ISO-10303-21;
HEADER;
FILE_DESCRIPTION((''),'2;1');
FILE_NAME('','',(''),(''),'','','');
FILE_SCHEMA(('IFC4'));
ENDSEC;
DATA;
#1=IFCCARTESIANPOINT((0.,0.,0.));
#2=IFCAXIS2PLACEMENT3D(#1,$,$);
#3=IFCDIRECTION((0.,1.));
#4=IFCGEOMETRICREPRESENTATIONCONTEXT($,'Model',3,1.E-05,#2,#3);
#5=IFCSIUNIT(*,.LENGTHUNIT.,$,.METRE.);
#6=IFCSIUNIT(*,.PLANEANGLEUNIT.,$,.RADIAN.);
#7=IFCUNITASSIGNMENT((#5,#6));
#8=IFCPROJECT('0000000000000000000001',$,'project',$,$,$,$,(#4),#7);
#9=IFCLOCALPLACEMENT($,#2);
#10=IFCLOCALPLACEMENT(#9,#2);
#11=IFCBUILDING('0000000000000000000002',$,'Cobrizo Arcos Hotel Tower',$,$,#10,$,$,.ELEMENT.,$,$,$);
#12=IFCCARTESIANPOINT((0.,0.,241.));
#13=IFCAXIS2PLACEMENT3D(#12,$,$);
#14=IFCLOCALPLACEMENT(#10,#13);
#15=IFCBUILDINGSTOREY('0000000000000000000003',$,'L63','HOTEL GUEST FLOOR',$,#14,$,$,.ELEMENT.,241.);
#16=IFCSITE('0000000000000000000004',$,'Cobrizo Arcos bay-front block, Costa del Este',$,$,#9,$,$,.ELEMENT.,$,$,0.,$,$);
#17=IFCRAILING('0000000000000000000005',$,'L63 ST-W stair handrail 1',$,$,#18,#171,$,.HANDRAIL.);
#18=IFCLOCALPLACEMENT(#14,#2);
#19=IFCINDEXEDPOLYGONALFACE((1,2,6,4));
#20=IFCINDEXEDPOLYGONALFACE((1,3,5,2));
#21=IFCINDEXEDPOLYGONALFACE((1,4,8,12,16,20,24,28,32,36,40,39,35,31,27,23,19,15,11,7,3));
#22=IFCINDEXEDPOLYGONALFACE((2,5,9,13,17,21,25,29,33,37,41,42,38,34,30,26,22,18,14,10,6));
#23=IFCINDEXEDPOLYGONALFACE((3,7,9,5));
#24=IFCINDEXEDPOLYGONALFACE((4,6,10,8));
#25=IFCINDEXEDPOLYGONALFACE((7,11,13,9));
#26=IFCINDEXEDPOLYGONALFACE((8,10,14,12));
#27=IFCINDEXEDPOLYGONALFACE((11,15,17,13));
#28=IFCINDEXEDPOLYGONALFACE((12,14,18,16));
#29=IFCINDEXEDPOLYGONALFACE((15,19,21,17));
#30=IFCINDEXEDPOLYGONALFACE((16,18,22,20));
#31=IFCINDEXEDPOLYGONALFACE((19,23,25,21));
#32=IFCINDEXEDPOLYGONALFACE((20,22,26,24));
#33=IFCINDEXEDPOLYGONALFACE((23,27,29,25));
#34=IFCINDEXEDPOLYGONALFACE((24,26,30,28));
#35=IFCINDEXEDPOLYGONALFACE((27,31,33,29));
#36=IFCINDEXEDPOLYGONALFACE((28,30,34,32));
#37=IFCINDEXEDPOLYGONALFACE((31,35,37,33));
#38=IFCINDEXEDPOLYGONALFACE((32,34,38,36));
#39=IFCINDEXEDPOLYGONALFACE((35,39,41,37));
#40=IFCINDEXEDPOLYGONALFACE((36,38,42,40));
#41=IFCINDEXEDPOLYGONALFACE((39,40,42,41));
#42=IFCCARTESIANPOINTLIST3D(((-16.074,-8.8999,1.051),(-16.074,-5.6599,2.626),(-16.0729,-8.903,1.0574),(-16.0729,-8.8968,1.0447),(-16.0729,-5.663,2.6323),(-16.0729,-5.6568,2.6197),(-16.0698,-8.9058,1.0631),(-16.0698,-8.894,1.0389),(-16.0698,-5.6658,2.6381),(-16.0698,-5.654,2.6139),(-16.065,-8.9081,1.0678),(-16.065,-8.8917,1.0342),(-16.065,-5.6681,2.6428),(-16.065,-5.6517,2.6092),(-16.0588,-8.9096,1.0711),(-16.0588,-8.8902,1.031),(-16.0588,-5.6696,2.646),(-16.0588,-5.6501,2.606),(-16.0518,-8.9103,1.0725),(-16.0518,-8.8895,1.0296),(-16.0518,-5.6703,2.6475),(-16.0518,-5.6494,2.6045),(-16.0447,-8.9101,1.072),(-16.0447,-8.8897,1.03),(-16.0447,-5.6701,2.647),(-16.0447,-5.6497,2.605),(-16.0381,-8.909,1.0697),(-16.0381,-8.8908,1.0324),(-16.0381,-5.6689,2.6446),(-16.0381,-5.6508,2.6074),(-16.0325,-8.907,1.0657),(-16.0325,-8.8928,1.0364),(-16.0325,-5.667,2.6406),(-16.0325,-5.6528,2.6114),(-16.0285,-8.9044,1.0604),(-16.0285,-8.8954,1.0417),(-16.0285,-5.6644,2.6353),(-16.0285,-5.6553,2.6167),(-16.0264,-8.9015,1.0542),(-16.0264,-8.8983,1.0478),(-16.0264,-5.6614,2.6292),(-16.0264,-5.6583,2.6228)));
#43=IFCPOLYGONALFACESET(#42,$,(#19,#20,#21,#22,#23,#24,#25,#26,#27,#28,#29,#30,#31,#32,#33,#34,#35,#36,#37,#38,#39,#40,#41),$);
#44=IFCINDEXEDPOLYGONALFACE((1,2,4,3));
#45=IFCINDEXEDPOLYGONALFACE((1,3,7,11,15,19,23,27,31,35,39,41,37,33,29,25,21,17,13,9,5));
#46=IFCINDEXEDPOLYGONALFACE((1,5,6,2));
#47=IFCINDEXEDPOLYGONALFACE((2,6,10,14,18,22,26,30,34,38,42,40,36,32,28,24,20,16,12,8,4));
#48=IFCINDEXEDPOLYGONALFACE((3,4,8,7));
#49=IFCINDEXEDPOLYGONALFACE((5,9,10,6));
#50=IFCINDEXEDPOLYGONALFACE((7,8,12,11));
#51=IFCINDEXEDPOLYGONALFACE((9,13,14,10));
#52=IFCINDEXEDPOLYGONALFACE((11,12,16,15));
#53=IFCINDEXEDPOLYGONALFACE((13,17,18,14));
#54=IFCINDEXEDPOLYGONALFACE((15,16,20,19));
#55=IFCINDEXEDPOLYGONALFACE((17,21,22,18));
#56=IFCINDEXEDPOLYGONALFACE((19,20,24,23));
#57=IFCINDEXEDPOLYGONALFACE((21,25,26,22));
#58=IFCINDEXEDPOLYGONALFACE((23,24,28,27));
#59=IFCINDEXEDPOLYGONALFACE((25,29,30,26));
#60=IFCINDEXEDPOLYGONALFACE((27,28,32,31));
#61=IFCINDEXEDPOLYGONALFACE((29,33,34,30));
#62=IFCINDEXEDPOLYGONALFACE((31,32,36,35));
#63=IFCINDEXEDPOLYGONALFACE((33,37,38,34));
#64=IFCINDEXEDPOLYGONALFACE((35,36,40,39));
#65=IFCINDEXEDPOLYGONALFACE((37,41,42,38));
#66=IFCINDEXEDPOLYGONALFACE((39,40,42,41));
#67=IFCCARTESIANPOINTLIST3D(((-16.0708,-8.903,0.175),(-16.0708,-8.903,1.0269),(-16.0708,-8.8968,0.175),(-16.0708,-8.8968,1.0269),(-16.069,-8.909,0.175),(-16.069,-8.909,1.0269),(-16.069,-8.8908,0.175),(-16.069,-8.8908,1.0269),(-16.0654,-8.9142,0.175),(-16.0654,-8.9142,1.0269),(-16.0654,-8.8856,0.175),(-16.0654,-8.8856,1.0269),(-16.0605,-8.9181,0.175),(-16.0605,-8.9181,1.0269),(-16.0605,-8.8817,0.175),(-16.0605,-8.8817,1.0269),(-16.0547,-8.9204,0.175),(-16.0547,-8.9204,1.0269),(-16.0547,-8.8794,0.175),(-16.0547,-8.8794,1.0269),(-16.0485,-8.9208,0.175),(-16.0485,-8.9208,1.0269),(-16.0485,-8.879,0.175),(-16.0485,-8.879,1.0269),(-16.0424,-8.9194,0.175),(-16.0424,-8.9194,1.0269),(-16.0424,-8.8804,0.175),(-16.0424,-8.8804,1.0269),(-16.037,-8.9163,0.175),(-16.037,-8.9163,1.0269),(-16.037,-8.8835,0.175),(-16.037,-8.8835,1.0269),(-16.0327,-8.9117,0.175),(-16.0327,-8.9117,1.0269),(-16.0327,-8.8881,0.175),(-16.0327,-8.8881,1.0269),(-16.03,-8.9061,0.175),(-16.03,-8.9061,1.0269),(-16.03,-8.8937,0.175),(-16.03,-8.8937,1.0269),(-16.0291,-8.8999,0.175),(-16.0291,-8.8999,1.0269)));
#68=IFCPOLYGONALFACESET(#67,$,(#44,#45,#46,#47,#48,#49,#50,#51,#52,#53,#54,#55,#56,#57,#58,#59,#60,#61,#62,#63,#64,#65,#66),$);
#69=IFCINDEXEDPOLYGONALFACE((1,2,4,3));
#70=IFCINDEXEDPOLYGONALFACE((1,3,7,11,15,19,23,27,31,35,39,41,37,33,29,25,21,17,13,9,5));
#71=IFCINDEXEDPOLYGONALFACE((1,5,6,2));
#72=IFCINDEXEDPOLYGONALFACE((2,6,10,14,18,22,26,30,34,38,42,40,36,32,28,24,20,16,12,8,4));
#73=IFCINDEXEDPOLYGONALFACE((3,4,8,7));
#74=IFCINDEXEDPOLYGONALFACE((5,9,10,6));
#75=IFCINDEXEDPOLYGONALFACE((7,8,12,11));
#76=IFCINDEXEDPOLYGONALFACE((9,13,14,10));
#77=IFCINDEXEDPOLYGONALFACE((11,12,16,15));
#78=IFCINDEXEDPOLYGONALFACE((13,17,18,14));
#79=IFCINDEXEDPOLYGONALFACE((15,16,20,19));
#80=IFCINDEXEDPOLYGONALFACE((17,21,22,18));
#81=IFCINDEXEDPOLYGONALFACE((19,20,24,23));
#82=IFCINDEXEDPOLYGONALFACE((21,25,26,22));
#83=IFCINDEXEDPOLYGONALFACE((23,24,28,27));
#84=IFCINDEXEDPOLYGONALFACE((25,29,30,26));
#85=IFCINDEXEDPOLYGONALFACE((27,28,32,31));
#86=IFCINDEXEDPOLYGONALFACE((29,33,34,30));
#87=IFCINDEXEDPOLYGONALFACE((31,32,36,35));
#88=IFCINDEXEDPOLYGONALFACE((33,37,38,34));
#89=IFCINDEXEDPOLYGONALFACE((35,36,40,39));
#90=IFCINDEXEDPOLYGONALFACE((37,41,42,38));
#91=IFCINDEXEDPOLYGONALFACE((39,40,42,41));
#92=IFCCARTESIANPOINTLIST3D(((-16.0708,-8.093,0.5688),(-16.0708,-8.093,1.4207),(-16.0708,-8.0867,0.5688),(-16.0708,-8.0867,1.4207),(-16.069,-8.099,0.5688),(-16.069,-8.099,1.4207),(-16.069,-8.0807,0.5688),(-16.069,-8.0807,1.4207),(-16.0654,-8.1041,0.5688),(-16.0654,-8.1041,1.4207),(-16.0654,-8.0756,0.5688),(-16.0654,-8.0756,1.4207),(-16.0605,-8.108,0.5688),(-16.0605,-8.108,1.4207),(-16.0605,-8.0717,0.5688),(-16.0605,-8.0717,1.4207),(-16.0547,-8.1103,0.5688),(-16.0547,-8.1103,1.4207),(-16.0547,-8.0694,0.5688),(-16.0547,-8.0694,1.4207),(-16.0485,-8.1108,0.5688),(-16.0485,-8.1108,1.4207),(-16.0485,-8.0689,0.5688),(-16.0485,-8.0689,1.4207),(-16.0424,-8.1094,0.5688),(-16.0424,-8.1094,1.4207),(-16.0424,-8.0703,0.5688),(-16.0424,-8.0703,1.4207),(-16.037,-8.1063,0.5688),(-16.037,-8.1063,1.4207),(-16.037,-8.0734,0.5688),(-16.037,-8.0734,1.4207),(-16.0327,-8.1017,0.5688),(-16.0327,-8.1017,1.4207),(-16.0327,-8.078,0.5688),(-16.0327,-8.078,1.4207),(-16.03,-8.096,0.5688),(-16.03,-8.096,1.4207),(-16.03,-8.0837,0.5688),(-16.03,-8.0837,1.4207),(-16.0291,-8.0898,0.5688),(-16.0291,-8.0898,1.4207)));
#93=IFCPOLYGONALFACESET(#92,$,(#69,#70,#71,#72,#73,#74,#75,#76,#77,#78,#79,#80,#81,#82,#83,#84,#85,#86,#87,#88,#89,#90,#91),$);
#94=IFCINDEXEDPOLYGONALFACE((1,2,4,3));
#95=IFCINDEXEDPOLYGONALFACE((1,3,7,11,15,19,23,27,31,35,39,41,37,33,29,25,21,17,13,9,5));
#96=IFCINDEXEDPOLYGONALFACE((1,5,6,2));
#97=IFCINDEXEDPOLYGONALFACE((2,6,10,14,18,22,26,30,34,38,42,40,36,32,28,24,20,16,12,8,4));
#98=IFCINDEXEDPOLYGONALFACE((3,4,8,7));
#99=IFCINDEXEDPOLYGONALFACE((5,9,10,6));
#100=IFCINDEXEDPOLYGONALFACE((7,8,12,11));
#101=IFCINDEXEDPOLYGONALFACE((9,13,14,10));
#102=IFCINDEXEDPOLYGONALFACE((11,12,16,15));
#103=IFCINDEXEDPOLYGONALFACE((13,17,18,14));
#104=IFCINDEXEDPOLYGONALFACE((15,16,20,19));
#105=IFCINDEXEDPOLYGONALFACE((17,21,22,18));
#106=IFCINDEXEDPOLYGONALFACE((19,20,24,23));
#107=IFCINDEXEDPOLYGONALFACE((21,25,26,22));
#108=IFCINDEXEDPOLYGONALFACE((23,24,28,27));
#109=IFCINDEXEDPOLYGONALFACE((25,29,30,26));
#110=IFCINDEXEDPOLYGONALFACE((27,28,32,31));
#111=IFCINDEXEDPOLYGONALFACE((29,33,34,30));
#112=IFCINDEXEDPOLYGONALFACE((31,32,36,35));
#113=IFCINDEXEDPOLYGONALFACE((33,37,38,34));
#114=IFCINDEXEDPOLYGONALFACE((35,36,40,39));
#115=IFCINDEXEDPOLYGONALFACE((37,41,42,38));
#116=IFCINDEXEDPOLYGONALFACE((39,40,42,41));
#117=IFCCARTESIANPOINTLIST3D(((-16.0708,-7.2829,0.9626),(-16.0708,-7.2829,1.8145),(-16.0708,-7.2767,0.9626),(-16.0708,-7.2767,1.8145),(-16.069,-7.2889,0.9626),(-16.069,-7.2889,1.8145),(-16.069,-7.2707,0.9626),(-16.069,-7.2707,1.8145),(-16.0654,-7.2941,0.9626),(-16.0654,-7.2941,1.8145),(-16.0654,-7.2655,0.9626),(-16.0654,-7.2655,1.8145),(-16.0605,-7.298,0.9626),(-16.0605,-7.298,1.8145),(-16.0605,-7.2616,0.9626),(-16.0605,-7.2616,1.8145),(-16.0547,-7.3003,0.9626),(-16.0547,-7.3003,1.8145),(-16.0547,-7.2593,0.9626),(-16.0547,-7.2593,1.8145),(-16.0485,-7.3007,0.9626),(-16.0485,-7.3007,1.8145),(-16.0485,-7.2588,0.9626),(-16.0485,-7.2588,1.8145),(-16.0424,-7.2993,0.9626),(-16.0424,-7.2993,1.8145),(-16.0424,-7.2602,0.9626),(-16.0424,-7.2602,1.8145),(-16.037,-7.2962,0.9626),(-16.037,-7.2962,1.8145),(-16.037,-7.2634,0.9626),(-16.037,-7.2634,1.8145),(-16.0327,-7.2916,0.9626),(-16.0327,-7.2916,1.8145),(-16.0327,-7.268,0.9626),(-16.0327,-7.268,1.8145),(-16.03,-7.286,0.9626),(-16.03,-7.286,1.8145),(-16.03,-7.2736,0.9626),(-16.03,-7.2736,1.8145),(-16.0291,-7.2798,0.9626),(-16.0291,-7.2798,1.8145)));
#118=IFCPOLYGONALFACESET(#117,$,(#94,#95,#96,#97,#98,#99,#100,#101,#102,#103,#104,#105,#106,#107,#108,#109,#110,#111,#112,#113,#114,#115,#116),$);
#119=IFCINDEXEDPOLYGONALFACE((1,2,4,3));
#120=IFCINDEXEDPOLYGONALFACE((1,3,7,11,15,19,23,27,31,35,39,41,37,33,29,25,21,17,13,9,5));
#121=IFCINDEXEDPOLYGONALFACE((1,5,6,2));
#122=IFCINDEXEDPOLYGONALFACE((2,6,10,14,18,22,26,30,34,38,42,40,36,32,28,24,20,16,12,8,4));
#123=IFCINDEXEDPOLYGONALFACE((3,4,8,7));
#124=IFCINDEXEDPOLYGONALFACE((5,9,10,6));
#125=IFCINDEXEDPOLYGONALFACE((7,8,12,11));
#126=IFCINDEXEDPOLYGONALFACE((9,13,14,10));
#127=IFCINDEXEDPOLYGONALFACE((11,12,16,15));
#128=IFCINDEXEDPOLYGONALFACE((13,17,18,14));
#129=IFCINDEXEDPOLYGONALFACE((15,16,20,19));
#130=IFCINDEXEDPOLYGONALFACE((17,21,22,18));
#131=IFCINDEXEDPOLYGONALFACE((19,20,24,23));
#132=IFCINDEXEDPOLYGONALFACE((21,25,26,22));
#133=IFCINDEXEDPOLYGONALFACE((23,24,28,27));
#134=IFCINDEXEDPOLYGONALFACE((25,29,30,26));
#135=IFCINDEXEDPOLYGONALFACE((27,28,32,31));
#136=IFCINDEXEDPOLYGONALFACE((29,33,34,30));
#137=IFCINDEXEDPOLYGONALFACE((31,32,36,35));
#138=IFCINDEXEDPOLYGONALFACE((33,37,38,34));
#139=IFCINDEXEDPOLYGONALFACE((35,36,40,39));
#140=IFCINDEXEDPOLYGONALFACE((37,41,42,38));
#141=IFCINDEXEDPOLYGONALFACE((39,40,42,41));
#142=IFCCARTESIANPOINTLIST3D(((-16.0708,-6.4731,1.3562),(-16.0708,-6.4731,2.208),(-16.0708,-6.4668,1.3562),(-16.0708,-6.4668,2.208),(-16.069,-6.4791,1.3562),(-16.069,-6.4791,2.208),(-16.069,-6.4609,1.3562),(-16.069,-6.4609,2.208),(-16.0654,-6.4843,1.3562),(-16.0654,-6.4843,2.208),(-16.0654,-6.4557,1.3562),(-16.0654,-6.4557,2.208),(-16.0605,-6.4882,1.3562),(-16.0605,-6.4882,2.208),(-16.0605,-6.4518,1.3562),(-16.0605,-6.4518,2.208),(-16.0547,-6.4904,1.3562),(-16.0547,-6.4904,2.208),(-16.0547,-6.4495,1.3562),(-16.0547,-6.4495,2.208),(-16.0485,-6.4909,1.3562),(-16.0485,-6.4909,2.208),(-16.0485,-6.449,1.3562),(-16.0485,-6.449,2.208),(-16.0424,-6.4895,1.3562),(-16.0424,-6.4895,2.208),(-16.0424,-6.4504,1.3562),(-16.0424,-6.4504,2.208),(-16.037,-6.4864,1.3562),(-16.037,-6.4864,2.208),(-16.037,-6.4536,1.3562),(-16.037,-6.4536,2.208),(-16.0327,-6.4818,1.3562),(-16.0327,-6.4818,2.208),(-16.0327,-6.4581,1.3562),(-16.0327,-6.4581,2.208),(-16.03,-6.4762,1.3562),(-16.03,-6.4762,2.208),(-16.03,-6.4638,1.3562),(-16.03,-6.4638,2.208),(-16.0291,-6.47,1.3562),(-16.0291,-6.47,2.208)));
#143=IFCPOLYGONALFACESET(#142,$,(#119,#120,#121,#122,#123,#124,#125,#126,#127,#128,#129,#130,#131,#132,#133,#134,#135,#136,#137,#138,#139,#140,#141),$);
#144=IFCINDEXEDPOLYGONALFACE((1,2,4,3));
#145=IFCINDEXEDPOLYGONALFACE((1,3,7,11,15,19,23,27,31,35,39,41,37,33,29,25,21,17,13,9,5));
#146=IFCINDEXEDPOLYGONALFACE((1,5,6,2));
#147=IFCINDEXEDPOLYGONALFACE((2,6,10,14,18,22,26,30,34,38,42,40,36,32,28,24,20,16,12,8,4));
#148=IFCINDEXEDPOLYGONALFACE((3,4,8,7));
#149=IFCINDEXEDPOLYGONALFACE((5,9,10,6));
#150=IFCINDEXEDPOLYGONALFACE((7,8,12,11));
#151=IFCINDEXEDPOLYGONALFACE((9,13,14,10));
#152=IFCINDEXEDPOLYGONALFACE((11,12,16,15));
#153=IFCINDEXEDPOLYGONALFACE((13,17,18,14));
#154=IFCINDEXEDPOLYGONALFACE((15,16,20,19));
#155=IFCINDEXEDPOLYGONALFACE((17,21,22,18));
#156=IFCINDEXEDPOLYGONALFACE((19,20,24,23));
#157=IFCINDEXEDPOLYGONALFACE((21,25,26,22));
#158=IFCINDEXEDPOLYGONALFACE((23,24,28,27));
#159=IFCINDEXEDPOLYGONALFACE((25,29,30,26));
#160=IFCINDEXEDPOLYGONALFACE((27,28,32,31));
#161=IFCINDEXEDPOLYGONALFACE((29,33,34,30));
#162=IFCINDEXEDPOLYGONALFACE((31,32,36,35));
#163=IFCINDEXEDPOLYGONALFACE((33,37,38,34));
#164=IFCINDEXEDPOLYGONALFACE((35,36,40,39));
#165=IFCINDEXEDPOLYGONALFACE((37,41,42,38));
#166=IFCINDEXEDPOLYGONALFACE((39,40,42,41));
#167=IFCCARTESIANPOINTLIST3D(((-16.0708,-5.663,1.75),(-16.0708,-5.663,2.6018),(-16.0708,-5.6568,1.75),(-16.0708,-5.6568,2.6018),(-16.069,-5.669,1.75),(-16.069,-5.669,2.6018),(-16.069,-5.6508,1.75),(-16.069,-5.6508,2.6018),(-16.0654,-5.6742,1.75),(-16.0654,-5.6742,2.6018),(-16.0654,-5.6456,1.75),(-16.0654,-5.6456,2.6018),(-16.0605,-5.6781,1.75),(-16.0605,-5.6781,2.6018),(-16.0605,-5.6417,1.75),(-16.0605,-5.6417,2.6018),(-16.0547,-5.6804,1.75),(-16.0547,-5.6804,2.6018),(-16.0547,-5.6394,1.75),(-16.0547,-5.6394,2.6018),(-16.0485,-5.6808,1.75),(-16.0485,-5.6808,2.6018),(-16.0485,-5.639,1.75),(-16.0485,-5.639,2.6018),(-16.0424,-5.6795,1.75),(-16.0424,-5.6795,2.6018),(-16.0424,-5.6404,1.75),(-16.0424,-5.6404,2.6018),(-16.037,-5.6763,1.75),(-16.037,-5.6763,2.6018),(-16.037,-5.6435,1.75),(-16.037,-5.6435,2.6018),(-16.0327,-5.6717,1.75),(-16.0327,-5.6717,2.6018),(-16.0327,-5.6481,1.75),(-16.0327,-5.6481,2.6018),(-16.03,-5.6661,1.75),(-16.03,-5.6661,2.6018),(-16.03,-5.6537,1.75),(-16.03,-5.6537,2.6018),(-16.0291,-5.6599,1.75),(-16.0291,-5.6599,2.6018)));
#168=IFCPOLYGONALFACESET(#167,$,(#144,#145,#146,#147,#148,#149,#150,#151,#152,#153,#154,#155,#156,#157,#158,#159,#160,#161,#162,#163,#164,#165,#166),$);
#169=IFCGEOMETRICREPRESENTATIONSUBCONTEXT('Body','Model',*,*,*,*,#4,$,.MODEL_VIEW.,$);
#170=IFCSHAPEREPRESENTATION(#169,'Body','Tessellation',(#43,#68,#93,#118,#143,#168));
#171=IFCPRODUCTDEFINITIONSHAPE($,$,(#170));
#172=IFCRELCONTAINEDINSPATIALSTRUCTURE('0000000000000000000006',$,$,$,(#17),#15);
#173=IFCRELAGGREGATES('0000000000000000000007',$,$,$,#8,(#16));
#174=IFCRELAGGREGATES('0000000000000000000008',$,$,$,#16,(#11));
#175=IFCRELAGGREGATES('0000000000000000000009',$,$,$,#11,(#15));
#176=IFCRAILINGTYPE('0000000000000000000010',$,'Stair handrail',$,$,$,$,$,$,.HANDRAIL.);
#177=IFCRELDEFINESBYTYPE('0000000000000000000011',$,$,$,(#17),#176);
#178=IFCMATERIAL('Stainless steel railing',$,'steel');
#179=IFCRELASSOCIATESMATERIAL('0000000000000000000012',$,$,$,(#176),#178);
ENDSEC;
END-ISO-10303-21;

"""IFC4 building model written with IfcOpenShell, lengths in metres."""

from ifc_helpers import new_model, si_unit, direction, frame, origin, origin_2d, place, context, subcontext, project, spatial, circle, extrude, material, type_object, element, save


model = new_model("IFC4")

# Units and contexts
model_context = context("Model", 3, precision=1e-05, world=origin(), true_north=direction((0.0, 1.0)))
body_context = subcontext(model_context, "Body", "Model", "MODEL_VIEW")
ifc_project = project(units=[si_unit("LENGTHUNIT", "METRE"), si_unit("PLANEANGLEUNIT", "RADIAN")], contexts=[model_context])

# Site, building, storey
site_placement = place(None, origin())
site = spatial("IfcSite", under=ifc_project, at=site_placement, Name="Cobrizo Arcos bay-front block, Costa del Este", CompositionType="ELEMENT", RefElevation=0.0)
building_placement = place(site_placement, origin())
building = spatial("IfcBuilding", under=site, at=building_placement, Name="Cobrizo Arcos Hotel Tower", CompositionType="ELEMENT")
storey_placement = place(building_placement, frame((0.0, 0.0, 241.0)))
storey = spatial("IfcBuildingStorey", under=building, at=storey_placement, Name="L63", Description="HOTEL GUEST FLOOR", CompositionType="ELEMENT", Elevation=241.0)

# Railing
ifc_material_1 = material(Name="Stainless steel railing", Category="steel")
railing_type_1 = type_object("IfcRailingType", Name="Stair handrail", PredefinedType="HANDRAIL", material=ifc_material_1)
railing_1_placement = place(storey_placement, frame((-16.05, -8.8999, 0.175)))
element("IfcRailing", 1, at=railing_1_placement, inside=storey, type_object=railing_type_1, Name="L63 ST-W stair handrail 1", PredefinedType="HANDRAIL", context=body_context, shape_type="SweptSolid", body=[
    extrude(circle(Radius=0.0239, at=origin_2d()), frame((0.0, 0.0, 0.876), z_axis=(0.0, 0.899373, 0.437183), x_axis=(-1.0, 0.0, 0.0)), (0.0, 0.0, 1.0), 3.6025),
    extrude(circle(Radius=0.021, at=origin_2d()), origin(), (0.0, 0.0, 1.0), 0.8518),
    extrude(circle(Radius=0.021, at=origin_2d()), frame((0.0, 0.8101, 0.3938)), (0.0, 0.0, 1.0), 0.8518),
    extrude(circle(Radius=0.021, at=origin_2d()), frame((0.0, 1.6201, 0.7876)), (0.0, 0.0, 1.0), 0.8518),
    extrude(circle(Radius=0.021, at=origin_2d()), frame((0.0, 2.4299, 1.1812)), (0.0, 0.0, 1.0), 0.8518),
    extrude(circle(Radius=0.021, at=origin_2d()), frame((0.0, 3.24, 1.575)), (0.0, 0.0, 1.0), 0.8518),
])

save(model, "model.ifc")
